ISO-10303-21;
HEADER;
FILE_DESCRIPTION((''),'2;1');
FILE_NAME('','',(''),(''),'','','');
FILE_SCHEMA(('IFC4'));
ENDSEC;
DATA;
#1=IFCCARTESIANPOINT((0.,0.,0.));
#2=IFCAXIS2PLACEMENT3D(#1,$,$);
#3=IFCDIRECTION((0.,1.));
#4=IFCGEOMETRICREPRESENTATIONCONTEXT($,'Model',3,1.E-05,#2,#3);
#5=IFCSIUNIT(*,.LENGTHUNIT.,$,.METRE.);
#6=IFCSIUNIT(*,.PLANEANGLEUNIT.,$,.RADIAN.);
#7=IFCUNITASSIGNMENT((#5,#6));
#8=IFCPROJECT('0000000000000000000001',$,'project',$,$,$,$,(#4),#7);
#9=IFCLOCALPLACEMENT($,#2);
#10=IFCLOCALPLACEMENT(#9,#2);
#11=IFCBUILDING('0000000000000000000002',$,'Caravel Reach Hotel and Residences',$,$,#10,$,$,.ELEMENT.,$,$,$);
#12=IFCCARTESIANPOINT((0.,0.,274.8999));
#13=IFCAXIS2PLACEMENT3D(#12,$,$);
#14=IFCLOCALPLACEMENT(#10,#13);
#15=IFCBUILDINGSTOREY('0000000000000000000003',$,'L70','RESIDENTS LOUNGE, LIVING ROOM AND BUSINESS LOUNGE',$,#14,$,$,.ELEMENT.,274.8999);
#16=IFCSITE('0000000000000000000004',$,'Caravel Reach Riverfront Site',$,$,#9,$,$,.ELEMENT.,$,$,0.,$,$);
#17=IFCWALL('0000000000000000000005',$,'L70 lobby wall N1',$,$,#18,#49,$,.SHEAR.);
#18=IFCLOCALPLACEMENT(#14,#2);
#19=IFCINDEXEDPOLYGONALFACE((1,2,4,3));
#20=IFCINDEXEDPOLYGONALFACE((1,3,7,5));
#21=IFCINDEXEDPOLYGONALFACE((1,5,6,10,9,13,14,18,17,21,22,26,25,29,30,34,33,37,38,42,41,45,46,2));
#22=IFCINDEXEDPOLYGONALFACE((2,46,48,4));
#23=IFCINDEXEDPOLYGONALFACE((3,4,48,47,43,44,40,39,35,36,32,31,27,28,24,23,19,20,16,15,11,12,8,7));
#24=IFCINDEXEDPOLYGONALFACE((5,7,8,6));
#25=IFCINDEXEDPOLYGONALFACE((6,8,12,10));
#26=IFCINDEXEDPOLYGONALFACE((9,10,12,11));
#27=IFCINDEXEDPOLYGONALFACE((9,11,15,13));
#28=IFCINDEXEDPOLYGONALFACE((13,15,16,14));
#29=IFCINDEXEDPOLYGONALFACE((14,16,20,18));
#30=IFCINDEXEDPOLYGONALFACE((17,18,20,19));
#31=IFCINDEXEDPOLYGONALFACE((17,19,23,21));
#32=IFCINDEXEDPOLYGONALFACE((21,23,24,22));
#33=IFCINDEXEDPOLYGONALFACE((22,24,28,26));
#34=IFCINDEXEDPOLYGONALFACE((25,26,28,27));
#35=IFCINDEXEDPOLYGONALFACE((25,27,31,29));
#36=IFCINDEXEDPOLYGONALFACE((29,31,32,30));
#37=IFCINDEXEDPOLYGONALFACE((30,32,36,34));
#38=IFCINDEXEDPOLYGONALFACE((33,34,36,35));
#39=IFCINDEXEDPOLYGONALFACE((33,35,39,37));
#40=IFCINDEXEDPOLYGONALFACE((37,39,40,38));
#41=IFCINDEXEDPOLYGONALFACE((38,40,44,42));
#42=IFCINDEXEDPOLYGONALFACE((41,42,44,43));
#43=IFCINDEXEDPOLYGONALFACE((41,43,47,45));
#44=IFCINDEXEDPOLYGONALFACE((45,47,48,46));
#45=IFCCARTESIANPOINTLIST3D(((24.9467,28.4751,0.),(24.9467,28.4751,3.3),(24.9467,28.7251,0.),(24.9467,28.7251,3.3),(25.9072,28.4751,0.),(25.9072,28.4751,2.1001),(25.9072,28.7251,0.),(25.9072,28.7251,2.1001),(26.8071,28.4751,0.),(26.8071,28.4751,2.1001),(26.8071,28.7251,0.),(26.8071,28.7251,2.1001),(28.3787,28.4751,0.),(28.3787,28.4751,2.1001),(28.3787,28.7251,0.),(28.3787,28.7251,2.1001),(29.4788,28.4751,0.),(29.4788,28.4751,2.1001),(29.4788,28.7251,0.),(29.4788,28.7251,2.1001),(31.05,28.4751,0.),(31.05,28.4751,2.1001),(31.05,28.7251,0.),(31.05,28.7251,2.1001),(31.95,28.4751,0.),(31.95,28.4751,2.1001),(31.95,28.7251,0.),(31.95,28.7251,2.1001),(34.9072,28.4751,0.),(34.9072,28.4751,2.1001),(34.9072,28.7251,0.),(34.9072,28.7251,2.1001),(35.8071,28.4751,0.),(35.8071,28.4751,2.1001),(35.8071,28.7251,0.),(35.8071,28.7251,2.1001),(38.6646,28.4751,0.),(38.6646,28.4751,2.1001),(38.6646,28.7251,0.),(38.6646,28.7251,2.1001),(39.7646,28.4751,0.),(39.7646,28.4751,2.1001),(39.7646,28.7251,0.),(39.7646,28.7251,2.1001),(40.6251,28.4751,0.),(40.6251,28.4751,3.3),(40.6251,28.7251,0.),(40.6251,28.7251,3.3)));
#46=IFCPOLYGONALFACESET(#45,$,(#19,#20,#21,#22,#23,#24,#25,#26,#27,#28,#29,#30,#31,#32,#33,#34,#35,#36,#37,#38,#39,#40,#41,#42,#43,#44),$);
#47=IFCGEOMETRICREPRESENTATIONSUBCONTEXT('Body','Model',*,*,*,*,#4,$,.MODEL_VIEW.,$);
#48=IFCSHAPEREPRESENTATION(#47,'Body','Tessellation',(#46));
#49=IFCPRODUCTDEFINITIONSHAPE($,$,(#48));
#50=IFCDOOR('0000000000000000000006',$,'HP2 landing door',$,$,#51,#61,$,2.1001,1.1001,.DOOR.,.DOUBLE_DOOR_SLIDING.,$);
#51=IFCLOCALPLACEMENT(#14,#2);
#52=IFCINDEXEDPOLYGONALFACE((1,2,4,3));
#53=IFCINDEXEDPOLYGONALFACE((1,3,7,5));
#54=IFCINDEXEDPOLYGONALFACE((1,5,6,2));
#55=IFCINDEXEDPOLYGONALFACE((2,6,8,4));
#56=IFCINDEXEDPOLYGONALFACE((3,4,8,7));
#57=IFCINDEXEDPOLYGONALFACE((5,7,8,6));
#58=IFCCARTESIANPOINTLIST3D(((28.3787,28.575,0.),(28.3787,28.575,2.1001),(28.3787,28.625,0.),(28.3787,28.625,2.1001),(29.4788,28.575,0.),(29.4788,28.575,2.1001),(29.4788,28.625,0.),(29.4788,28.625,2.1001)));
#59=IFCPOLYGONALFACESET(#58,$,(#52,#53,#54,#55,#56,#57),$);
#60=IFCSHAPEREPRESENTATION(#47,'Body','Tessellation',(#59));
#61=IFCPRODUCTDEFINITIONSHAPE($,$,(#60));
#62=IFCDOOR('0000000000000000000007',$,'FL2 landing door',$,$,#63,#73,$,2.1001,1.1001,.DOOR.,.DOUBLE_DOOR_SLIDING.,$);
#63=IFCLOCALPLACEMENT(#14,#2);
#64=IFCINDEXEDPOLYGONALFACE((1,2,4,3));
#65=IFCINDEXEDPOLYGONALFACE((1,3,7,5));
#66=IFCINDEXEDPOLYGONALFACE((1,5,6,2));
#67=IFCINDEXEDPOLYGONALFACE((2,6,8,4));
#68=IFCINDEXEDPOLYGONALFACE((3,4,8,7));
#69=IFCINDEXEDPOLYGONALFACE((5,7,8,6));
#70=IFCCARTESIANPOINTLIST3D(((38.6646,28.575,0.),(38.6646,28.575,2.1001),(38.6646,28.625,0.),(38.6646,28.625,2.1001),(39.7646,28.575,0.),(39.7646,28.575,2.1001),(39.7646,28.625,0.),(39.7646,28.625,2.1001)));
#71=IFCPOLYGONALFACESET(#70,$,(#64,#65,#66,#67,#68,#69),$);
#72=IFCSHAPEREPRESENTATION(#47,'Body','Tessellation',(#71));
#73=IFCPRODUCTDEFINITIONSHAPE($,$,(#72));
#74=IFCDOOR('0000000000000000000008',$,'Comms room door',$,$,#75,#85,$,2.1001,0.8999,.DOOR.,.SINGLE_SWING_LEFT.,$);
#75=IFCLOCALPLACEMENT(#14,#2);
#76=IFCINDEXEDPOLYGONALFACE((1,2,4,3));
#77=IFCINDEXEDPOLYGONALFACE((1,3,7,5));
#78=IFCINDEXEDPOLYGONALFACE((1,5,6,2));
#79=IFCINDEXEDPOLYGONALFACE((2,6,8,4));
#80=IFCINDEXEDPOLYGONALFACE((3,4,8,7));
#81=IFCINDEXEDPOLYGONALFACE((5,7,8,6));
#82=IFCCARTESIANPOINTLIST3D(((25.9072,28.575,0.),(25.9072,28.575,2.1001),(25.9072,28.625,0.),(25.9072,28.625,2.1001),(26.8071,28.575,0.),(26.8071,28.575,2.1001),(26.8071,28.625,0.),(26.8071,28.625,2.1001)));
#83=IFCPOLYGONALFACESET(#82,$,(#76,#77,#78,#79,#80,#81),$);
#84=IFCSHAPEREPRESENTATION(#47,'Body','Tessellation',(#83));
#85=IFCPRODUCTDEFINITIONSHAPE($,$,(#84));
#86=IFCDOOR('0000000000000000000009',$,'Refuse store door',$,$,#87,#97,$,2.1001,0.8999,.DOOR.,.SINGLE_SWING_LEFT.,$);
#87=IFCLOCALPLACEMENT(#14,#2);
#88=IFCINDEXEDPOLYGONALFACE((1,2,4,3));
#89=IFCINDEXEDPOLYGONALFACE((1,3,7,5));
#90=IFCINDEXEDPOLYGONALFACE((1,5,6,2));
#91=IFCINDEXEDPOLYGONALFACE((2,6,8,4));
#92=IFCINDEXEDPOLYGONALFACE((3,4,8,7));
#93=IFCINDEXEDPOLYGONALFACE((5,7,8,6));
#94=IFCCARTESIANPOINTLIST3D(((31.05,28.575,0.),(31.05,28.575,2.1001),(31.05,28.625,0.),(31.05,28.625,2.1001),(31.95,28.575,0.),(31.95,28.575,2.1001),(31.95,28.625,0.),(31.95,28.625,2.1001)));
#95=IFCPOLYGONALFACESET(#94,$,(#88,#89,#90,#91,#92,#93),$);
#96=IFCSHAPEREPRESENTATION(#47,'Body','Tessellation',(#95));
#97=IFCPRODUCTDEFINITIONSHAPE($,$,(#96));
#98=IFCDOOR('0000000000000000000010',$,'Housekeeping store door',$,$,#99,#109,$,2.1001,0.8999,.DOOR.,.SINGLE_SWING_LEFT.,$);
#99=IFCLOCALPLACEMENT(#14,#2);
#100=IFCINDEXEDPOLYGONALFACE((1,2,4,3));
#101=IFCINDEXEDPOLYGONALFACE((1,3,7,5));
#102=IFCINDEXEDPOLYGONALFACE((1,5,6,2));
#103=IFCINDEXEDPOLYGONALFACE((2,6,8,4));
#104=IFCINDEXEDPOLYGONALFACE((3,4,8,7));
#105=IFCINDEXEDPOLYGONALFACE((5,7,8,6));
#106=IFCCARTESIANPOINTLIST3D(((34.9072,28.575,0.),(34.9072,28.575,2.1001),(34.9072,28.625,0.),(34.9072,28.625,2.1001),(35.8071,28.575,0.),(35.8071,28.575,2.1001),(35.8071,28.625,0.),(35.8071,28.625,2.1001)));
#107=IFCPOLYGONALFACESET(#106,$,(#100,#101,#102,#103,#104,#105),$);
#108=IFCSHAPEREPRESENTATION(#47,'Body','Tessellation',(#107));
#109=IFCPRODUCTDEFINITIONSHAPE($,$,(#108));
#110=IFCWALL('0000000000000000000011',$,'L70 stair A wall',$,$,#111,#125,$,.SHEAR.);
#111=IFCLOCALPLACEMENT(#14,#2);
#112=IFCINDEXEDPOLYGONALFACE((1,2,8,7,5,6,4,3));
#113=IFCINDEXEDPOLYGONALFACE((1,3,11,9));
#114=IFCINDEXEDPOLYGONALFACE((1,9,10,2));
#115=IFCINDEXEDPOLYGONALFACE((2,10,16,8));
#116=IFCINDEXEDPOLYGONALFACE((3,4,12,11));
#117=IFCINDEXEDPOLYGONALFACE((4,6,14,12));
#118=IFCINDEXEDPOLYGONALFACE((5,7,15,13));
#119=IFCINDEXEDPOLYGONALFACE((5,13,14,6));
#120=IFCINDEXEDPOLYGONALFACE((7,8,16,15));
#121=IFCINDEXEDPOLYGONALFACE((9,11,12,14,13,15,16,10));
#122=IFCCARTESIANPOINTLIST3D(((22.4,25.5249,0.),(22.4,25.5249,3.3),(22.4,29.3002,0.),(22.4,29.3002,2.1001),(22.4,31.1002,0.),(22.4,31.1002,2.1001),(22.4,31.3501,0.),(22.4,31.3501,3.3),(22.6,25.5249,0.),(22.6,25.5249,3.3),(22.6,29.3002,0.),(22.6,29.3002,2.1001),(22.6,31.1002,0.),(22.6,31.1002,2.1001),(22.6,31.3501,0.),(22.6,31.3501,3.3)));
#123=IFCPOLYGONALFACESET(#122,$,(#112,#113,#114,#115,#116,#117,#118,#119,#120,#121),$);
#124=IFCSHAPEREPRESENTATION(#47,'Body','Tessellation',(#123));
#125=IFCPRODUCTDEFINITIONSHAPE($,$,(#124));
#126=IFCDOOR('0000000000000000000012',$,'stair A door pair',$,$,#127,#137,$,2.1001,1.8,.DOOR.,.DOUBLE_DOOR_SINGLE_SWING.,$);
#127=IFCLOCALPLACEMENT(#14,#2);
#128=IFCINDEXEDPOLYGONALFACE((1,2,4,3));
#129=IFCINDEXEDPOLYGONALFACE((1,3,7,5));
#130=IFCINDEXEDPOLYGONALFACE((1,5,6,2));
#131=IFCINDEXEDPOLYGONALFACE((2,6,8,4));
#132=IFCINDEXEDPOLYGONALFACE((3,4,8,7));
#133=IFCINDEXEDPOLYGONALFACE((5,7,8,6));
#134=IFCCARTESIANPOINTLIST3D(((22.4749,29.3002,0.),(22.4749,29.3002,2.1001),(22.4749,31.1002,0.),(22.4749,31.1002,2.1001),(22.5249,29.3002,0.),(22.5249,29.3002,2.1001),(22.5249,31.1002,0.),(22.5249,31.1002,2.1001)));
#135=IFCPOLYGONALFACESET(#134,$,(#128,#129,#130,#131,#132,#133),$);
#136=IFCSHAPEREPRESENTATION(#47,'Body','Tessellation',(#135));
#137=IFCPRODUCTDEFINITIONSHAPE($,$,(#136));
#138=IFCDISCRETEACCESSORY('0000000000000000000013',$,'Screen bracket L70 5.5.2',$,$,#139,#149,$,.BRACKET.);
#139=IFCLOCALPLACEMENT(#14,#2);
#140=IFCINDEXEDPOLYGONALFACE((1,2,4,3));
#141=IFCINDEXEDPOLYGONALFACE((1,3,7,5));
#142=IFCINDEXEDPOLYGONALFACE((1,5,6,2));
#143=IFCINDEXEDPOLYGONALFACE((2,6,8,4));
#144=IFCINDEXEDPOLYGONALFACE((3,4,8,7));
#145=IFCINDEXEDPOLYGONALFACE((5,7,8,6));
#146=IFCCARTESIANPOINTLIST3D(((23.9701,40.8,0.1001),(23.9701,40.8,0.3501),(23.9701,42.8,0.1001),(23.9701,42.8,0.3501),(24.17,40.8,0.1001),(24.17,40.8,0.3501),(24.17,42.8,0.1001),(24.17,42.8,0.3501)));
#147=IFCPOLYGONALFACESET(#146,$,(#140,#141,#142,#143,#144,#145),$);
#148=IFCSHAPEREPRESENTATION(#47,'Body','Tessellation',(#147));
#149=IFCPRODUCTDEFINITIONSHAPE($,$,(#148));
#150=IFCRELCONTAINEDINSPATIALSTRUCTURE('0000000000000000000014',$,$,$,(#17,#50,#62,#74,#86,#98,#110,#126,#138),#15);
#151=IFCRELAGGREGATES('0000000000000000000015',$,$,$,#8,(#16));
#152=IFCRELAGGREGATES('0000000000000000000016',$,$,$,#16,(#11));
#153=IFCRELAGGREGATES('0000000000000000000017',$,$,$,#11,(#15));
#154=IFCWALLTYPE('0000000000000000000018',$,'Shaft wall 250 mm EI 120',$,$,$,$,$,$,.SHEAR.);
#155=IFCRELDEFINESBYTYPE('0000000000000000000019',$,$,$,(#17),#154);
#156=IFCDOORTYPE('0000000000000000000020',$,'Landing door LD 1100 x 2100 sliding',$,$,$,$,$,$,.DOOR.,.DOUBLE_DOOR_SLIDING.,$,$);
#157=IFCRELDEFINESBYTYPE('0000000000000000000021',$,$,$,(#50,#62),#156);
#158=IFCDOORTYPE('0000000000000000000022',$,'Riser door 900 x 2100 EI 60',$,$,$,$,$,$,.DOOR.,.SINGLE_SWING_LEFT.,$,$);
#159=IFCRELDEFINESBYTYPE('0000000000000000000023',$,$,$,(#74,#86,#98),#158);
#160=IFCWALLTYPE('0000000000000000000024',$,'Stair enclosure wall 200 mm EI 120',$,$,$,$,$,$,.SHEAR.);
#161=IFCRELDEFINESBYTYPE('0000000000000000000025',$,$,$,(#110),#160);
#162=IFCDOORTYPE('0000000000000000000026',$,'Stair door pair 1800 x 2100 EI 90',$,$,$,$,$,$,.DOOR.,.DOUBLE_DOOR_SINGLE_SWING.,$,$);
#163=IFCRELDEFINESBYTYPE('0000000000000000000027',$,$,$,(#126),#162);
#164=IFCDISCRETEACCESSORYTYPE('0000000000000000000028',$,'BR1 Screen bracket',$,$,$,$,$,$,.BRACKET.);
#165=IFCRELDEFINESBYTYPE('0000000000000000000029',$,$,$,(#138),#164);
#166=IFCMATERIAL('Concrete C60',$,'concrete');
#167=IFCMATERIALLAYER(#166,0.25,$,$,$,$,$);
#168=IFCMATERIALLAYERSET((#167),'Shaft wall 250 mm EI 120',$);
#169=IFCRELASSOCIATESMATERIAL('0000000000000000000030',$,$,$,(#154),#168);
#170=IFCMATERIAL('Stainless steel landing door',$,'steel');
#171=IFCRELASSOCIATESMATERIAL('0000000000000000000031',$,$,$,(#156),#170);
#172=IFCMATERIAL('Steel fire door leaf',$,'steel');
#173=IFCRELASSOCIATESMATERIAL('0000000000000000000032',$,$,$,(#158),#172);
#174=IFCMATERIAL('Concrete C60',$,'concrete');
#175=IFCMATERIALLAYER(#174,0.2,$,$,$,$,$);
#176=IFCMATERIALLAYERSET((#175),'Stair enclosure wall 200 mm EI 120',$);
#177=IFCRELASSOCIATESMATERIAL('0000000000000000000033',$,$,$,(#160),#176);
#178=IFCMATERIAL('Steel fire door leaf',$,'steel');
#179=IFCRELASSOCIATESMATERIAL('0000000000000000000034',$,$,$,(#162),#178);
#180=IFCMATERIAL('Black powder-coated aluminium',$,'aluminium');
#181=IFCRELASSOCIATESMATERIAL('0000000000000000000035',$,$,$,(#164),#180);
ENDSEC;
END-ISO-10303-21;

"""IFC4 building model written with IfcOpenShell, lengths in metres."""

from ifc_helpers import new_model, si_unit, direction, frame, frame_2d, origin, origin_2d, place, context, subcontext, project, spatial, rectangle, extrude, material, layer, layer_set, type_object, element, fill, save


model = new_model("IFC4")

# Units and contexts
model_context = context("Model", 3, precision=1e-05, world=origin(), true_north=direction((0.0, 1.0)))
body_context = subcontext(model_context, "Body", "Model", "MODEL_VIEW")
ifc_project = project(units=[si_unit("LENGTHUNIT", "METRE"), si_unit("PLANEANGLEUNIT", "RADIAN")], contexts=[model_context])

# Site, building, storey
site_placement = place(None, origin())
site = spatial("IfcSite", under=ifc_project, at=site_placement, Name="Caravel Reach Riverfront Site", CompositionType="ELEMENT", RefElevation=0.0)
building_placement = place(site_placement, origin())
building = spatial("IfcBuilding", under=site, at=building_placement, Name="Caravel Reach Hotel and Residences", CompositionType="ELEMENT")
storey_placement = place(building_placement, frame((0.0, 0.0, 274.8999)))
storey = spatial("IfcBuildingStorey", under=building, at=storey_placement, Name="L70", Description="RESIDENTS LOUNGE, LIVING ROOM AND BUSINESS LOUNGE", CompositionType="ELEMENT", Elevation=274.8999)

# Wall, openings, doors
ifc_material_1 = material(Name="Concrete C60", Category="concrete")
ifc_layer_1 = layer(ifc_material_1, 0.25)
ifc_layer_set_1 = layer_set([ifc_layer_1], Name="Shaft wall 250 mm EI 120")
wall_type_1 = type_object("IfcWallType", Name="Shaft wall 250 mm EI 120", PredefinedType="SHEAR", material=ifc_layer_set_1)
wall_1_placement = place(storey_placement, frame((24.9465, 28.6001, 0.0), z_axis=(0.0, 0.0, 1.0), x_axis=(1.0, 0.0, 0.0)))
wall_1 = element("IfcWall", 1, at=wall_1_placement, inside=storey, type_object=wall_type_1, Name="L70 lobby wall N1", PredefinedType="SHEAR", context=body_context, shape_type="SweptSolid", body=[
    extrude(rectangle(XDim=15.6785, YDim=0.25, at=frame_2d((7.8394, 0.0))), origin(), (0.0, 0.0, 1.0), 3.3),
])
opening_1_placement = place(wall_1_placement, frame((3.4321, 0.0, 0.0)))
opening_1 = element("IfcOpeningElement", 2, at=opening_1_placement, cuts=wall_1, PredefinedType="OPENING", context=body_context, shape_type="SweptSolid", body=[
    extrude(rectangle(XDim=1.1001, YDim=2.1001, at=frame_2d((0.55, 1.05))), frame((0.0, 0.135, 0.0), z_axis=(0.0, -1.0, 0.0), x_axis=(1.0, 0.0, 0.0)), (0.0, 0.0, 1.0), 0.27),
])
opening_2_placement = place(wall_1_placement, frame((13.718, 0.0, 0.0)))
opening_2 = element("IfcOpeningElement", 3, at=opening_2_placement, cuts=wall_1, PredefinedType="OPENING", context=body_context, shape_type="SweptSolid", body=[
    extrude(rectangle(XDim=1.1001, YDim=2.1001, at=frame_2d((0.55, 1.05))), frame((0.0, 0.135, 0.0), z_axis=(0.0, -1.0, 0.0), x_axis=(1.0, 0.0, 0.0)), (0.0, 0.0, 1.0), 0.27),
])
opening_3_placement = place(wall_1_placement, frame((0.9607, 0.0, 0.0)))
opening_3 = element("IfcOpeningElement", 4, at=opening_3_placement, cuts=wall_1, PredefinedType="OPENING", context=body_context, shape_type="SweptSolid", body=[
    extrude(rectangle(XDim=0.8999, YDim=2.1001, at=frame_2d((0.45, 1.05))), frame((0.0, 0.135, 0.0), z_axis=(0.0, -1.0, 0.0), x_axis=(1.0, 0.0, 0.0)), (0.0, 0.0, 1.0), 0.27),
])
opening_4_placement = place(wall_1_placement, frame((6.1035, 0.0, 0.0)))
opening_4 = element("IfcOpeningElement", 5, at=opening_4_placement, cuts=wall_1, PredefinedType="OPENING", context=body_context, shape_type="SweptSolid", body=[
    extrude(rectangle(XDim=0.8999, YDim=2.1001, at=frame_2d((0.45, 1.05))), frame((0.0, 0.135, 0.0), z_axis=(0.0, -1.0, 0.0), x_axis=(1.0, 0.0, 0.0)), (0.0, 0.0, 1.0), 0.27),
])
opening_5_placement = place(wall_1_placement, frame((9.9607, 0.0, 0.0)))
opening_5 = element("IfcOpeningElement", 6, at=opening_5_placement, cuts=wall_1, PredefinedType="OPENING", context=body_context, shape_type="SweptSolid", body=[
    extrude(rectangle(XDim=0.8999, YDim=2.1001, at=frame_2d((0.45, 1.05))), frame((0.0, 0.135, 0.0), z_axis=(0.0, -1.0, 0.0), x_axis=(1.0, 0.0, 0.0)), (0.0, 0.0, 1.0), 0.27),
])
ifc_material_2 = material(Name="Stainless steel landing door", Category="steel")
door_type_1 = type_object("IfcDoorType", Name="Landing door LD 1100 x 2100 sliding", OperationType="DOUBLE_DOOR_SLIDING", PredefinedType="DOOR", material=ifc_material_2)
door_1_placement = place(opening_1_placement, origin())
door_1 = element("IfcDoor", 7, at=door_1_placement, inside=storey, type_object=door_type_1, Name="HP2 landing door", OperationType="DOUBLE_DOOR_SLIDING", OverallHeight=2.1001, OverallWidth=1.1001, PredefinedType="DOOR", context=body_context, shape_type="SweptSolid", body=[
    extrude(rectangle(XDim=1.1001, YDim=2.1001, at=frame_2d((0.55, 1.05))), frame((0.0, 0.0249, 0.0), z_axis=(0.0, -1.0, 0.0), x_axis=(1.0, 0.0, 0.0)), (0.0, 0.0, 1.0), 0.05),
])
fill(opening_1, door_1)
door_2_placement = place(opening_2_placement, origin())
door_2 = element("IfcDoor", 8, at=door_2_placement, inside=storey, type_object=door_type_1, Name="FL2 landing door", OperationType="DOUBLE_DOOR_SLIDING", OverallHeight=2.1001, OverallWidth=1.1001, PredefinedType="DOOR", context=body_context, shape_type="SweptSolid", body=[
    extrude(rectangle(XDim=1.1001, YDim=2.1001, at=frame_2d((0.55, 1.05))), frame((0.0, 0.0249, 0.0), z_axis=(0.0, -1.0, 0.0), x_axis=(1.0, 0.0, 0.0)), (0.0, 0.0, 1.0), 0.05),
])
fill(opening_2, door_2)
ifc_material_3 = material(Name="Steel fire door leaf", Category="steel")
door_type_2 = type_object("IfcDoorType", Name="Riser door 900 x 2100 EI 60", OperationType="SINGLE_SWING_LEFT", PredefinedType="DOOR", material=ifc_material_3)
door_3_placement = place(opening_3_placement, origin())
door_3 = element("IfcDoor", 9, at=door_3_placement, inside=storey, type_object=door_type_2, Name="Comms room door", OperationType="SINGLE_SWING_LEFT", OverallHeight=2.1001, OverallWidth=0.8999, PredefinedType="DOOR", context=body_context, shape_type="SweptSolid", body=[
    extrude(rectangle(XDim=0.8999, YDim=2.1001, at=frame_2d((0.45, 1.05))), frame((0.0, 0.0249, 0.0), z_axis=(0.0, -1.0, 0.0), x_axis=(1.0, 0.0, 0.0)), (0.0, 0.0, 1.0), 0.05),
])
fill(opening_3, door_3)
door_4_placement = place(opening_4_placement, origin())
door_4 = element("IfcDoor", 10, at=door_4_placement, inside=storey, type_object=door_type_2, Name="Refuse store door", OperationType="SINGLE_SWING_LEFT", OverallHeight=2.1001, OverallWidth=0.8999, PredefinedType="DOOR", context=body_context, shape_type="SweptSolid", body=[
    extrude(rectangle(XDim=0.8999, YDim=2.1001, at=frame_2d((0.45, 1.05))), frame((0.0, 0.0249, 0.0), z_axis=(0.0, -1.0, 0.0), x_axis=(1.0, 0.0, 0.0)), (0.0, 0.0, 1.0), 0.05),
])
fill(opening_4, door_4)
door_5_placement = place(opening_5_placement, origin())
door_5 = element("IfcDoor", 11, at=door_5_placement, inside=storey, type_object=door_type_2, Name="Housekeeping store door", OperationType="SINGLE_SWING_LEFT", OverallHeight=2.1001, OverallWidth=0.8999, PredefinedType="DOOR", context=body_context, shape_type="SweptSolid", body=[
    extrude(rectangle(XDim=0.8999, YDim=2.1001, at=frame_2d((0.45, 1.05))), frame((0.0, 0.0249, 0.0), z_axis=(0.0, -1.0, 0.0), x_axis=(1.0, 0.0, 0.0)), (0.0, 0.0, 1.0), 0.05),
])
fill(opening_5, door_5)

# Wall, opening, door
ifc_material_4 = material(Name="Concrete C60", Category="concrete")
ifc_layer_2 = layer(ifc_material_4, 0.2)
ifc_layer_set_2 = layer_set([ifc_layer_2], Name="Stair enclosure wall 200 mm EI 120")
wall_type_2 = type_object("IfcWallType", Name="Stair enclosure wall 200 mm EI 120", PredefinedType="SHEAR", material=ifc_layer_set_2)
wall_2_placement = place(storey_placement, frame((22.5, 31.3501, 0.0), z_axis=(0.0, 0.0, 1.0), x_axis=(0.0, -1.0, 0.0)))
wall_2 = element("IfcWall", 12, at=wall_2_placement, inside=storey, type_object=wall_type_2, Name="L70 stair A wall", PredefinedType="SHEAR", context=body_context, shape_type="SweptSolid", body=[
    extrude(rectangle(XDim=5.8252, YDim=0.2, at=frame_2d((2.9126, 0.0))), origin(), (0.0, 0.0, 1.0), 3.3),
])
opening_6_placement = place(wall_2_placement, frame((0.25, 0.0, 0.0)))
opening_6 = element("IfcOpeningElement", 13, at=opening_6_placement, cuts=wall_2, PredefinedType="OPENING", context=body_context, shape_type="SweptSolid", body=[
    extrude(rectangle(XDim=1.8, YDim=2.1001, at=frame_2d((0.8999, 1.05))), frame((0.0, 0.1099, 0.0), z_axis=(0.0, -1.0, 0.0), x_axis=(1.0, 0.0, 0.0)), (0.0, 0.0, 1.0), 0.22),
])
ifc_material_5 = material(Name="Steel fire door leaf", Category="steel")
door_type_3 = type_object("IfcDoorType", Name="Stair door pair 1800 x 2100 EI 90", OperationType="DOUBLE_DOOR_SINGLE_SWING", PredefinedType="DOOR", material=ifc_material_5)
door_6_placement = place(opening_6_placement, origin())
door_6 = element("IfcDoor", 14, at=door_6_placement, inside=storey, type_object=door_type_3, Name="stair A door pair", OperationType="DOUBLE_DOOR_SINGLE_SWING", OverallHeight=2.1001, OverallWidth=1.8, PredefinedType="DOOR", context=body_context, shape_type="SweptSolid", body=[
    extrude(rectangle(XDim=1.8, YDim=2.1001, at=frame_2d((0.8999, 1.05))), frame((0.0, 0.0249, 0.0), z_axis=(0.0, -1.0, 0.0), x_axis=(1.0, 0.0, 0.0)), (0.0, 0.0, 1.0), 0.05),
])
fill(opening_6, door_6)

# Discrete accessory
ifc_material_6 = material(Name="Black powder-coated aluminium", Category="aluminium")
discrete_accessory_type = type_object("IfcDiscreteAccessoryType", Name="BR1 Screen bracket", PredefinedType="BRACKET", material=ifc_material_6)
discrete_accessory_placement = place(storey_placement, frame((24.0701, 41.8, 0.1001), z_axis=(0.0, 0.0, 1.0), x_axis=(0.0, 1.0, 0.0)))
element("IfcDiscreteAccessory", 15, at=discrete_accessory_placement, inside=storey, type_object=discrete_accessory_type, Name="Screen bracket L70 5.5.2", PredefinedType="BRACKET", context=body_context, shape_type="SweptSolid", body=[
    extrude(rectangle(XDim=2.0, YDim=0.2, at=origin_2d()), origin(), (0.0, 0.0, 1.0), 0.25),
])

save(model, "model.ifc")
